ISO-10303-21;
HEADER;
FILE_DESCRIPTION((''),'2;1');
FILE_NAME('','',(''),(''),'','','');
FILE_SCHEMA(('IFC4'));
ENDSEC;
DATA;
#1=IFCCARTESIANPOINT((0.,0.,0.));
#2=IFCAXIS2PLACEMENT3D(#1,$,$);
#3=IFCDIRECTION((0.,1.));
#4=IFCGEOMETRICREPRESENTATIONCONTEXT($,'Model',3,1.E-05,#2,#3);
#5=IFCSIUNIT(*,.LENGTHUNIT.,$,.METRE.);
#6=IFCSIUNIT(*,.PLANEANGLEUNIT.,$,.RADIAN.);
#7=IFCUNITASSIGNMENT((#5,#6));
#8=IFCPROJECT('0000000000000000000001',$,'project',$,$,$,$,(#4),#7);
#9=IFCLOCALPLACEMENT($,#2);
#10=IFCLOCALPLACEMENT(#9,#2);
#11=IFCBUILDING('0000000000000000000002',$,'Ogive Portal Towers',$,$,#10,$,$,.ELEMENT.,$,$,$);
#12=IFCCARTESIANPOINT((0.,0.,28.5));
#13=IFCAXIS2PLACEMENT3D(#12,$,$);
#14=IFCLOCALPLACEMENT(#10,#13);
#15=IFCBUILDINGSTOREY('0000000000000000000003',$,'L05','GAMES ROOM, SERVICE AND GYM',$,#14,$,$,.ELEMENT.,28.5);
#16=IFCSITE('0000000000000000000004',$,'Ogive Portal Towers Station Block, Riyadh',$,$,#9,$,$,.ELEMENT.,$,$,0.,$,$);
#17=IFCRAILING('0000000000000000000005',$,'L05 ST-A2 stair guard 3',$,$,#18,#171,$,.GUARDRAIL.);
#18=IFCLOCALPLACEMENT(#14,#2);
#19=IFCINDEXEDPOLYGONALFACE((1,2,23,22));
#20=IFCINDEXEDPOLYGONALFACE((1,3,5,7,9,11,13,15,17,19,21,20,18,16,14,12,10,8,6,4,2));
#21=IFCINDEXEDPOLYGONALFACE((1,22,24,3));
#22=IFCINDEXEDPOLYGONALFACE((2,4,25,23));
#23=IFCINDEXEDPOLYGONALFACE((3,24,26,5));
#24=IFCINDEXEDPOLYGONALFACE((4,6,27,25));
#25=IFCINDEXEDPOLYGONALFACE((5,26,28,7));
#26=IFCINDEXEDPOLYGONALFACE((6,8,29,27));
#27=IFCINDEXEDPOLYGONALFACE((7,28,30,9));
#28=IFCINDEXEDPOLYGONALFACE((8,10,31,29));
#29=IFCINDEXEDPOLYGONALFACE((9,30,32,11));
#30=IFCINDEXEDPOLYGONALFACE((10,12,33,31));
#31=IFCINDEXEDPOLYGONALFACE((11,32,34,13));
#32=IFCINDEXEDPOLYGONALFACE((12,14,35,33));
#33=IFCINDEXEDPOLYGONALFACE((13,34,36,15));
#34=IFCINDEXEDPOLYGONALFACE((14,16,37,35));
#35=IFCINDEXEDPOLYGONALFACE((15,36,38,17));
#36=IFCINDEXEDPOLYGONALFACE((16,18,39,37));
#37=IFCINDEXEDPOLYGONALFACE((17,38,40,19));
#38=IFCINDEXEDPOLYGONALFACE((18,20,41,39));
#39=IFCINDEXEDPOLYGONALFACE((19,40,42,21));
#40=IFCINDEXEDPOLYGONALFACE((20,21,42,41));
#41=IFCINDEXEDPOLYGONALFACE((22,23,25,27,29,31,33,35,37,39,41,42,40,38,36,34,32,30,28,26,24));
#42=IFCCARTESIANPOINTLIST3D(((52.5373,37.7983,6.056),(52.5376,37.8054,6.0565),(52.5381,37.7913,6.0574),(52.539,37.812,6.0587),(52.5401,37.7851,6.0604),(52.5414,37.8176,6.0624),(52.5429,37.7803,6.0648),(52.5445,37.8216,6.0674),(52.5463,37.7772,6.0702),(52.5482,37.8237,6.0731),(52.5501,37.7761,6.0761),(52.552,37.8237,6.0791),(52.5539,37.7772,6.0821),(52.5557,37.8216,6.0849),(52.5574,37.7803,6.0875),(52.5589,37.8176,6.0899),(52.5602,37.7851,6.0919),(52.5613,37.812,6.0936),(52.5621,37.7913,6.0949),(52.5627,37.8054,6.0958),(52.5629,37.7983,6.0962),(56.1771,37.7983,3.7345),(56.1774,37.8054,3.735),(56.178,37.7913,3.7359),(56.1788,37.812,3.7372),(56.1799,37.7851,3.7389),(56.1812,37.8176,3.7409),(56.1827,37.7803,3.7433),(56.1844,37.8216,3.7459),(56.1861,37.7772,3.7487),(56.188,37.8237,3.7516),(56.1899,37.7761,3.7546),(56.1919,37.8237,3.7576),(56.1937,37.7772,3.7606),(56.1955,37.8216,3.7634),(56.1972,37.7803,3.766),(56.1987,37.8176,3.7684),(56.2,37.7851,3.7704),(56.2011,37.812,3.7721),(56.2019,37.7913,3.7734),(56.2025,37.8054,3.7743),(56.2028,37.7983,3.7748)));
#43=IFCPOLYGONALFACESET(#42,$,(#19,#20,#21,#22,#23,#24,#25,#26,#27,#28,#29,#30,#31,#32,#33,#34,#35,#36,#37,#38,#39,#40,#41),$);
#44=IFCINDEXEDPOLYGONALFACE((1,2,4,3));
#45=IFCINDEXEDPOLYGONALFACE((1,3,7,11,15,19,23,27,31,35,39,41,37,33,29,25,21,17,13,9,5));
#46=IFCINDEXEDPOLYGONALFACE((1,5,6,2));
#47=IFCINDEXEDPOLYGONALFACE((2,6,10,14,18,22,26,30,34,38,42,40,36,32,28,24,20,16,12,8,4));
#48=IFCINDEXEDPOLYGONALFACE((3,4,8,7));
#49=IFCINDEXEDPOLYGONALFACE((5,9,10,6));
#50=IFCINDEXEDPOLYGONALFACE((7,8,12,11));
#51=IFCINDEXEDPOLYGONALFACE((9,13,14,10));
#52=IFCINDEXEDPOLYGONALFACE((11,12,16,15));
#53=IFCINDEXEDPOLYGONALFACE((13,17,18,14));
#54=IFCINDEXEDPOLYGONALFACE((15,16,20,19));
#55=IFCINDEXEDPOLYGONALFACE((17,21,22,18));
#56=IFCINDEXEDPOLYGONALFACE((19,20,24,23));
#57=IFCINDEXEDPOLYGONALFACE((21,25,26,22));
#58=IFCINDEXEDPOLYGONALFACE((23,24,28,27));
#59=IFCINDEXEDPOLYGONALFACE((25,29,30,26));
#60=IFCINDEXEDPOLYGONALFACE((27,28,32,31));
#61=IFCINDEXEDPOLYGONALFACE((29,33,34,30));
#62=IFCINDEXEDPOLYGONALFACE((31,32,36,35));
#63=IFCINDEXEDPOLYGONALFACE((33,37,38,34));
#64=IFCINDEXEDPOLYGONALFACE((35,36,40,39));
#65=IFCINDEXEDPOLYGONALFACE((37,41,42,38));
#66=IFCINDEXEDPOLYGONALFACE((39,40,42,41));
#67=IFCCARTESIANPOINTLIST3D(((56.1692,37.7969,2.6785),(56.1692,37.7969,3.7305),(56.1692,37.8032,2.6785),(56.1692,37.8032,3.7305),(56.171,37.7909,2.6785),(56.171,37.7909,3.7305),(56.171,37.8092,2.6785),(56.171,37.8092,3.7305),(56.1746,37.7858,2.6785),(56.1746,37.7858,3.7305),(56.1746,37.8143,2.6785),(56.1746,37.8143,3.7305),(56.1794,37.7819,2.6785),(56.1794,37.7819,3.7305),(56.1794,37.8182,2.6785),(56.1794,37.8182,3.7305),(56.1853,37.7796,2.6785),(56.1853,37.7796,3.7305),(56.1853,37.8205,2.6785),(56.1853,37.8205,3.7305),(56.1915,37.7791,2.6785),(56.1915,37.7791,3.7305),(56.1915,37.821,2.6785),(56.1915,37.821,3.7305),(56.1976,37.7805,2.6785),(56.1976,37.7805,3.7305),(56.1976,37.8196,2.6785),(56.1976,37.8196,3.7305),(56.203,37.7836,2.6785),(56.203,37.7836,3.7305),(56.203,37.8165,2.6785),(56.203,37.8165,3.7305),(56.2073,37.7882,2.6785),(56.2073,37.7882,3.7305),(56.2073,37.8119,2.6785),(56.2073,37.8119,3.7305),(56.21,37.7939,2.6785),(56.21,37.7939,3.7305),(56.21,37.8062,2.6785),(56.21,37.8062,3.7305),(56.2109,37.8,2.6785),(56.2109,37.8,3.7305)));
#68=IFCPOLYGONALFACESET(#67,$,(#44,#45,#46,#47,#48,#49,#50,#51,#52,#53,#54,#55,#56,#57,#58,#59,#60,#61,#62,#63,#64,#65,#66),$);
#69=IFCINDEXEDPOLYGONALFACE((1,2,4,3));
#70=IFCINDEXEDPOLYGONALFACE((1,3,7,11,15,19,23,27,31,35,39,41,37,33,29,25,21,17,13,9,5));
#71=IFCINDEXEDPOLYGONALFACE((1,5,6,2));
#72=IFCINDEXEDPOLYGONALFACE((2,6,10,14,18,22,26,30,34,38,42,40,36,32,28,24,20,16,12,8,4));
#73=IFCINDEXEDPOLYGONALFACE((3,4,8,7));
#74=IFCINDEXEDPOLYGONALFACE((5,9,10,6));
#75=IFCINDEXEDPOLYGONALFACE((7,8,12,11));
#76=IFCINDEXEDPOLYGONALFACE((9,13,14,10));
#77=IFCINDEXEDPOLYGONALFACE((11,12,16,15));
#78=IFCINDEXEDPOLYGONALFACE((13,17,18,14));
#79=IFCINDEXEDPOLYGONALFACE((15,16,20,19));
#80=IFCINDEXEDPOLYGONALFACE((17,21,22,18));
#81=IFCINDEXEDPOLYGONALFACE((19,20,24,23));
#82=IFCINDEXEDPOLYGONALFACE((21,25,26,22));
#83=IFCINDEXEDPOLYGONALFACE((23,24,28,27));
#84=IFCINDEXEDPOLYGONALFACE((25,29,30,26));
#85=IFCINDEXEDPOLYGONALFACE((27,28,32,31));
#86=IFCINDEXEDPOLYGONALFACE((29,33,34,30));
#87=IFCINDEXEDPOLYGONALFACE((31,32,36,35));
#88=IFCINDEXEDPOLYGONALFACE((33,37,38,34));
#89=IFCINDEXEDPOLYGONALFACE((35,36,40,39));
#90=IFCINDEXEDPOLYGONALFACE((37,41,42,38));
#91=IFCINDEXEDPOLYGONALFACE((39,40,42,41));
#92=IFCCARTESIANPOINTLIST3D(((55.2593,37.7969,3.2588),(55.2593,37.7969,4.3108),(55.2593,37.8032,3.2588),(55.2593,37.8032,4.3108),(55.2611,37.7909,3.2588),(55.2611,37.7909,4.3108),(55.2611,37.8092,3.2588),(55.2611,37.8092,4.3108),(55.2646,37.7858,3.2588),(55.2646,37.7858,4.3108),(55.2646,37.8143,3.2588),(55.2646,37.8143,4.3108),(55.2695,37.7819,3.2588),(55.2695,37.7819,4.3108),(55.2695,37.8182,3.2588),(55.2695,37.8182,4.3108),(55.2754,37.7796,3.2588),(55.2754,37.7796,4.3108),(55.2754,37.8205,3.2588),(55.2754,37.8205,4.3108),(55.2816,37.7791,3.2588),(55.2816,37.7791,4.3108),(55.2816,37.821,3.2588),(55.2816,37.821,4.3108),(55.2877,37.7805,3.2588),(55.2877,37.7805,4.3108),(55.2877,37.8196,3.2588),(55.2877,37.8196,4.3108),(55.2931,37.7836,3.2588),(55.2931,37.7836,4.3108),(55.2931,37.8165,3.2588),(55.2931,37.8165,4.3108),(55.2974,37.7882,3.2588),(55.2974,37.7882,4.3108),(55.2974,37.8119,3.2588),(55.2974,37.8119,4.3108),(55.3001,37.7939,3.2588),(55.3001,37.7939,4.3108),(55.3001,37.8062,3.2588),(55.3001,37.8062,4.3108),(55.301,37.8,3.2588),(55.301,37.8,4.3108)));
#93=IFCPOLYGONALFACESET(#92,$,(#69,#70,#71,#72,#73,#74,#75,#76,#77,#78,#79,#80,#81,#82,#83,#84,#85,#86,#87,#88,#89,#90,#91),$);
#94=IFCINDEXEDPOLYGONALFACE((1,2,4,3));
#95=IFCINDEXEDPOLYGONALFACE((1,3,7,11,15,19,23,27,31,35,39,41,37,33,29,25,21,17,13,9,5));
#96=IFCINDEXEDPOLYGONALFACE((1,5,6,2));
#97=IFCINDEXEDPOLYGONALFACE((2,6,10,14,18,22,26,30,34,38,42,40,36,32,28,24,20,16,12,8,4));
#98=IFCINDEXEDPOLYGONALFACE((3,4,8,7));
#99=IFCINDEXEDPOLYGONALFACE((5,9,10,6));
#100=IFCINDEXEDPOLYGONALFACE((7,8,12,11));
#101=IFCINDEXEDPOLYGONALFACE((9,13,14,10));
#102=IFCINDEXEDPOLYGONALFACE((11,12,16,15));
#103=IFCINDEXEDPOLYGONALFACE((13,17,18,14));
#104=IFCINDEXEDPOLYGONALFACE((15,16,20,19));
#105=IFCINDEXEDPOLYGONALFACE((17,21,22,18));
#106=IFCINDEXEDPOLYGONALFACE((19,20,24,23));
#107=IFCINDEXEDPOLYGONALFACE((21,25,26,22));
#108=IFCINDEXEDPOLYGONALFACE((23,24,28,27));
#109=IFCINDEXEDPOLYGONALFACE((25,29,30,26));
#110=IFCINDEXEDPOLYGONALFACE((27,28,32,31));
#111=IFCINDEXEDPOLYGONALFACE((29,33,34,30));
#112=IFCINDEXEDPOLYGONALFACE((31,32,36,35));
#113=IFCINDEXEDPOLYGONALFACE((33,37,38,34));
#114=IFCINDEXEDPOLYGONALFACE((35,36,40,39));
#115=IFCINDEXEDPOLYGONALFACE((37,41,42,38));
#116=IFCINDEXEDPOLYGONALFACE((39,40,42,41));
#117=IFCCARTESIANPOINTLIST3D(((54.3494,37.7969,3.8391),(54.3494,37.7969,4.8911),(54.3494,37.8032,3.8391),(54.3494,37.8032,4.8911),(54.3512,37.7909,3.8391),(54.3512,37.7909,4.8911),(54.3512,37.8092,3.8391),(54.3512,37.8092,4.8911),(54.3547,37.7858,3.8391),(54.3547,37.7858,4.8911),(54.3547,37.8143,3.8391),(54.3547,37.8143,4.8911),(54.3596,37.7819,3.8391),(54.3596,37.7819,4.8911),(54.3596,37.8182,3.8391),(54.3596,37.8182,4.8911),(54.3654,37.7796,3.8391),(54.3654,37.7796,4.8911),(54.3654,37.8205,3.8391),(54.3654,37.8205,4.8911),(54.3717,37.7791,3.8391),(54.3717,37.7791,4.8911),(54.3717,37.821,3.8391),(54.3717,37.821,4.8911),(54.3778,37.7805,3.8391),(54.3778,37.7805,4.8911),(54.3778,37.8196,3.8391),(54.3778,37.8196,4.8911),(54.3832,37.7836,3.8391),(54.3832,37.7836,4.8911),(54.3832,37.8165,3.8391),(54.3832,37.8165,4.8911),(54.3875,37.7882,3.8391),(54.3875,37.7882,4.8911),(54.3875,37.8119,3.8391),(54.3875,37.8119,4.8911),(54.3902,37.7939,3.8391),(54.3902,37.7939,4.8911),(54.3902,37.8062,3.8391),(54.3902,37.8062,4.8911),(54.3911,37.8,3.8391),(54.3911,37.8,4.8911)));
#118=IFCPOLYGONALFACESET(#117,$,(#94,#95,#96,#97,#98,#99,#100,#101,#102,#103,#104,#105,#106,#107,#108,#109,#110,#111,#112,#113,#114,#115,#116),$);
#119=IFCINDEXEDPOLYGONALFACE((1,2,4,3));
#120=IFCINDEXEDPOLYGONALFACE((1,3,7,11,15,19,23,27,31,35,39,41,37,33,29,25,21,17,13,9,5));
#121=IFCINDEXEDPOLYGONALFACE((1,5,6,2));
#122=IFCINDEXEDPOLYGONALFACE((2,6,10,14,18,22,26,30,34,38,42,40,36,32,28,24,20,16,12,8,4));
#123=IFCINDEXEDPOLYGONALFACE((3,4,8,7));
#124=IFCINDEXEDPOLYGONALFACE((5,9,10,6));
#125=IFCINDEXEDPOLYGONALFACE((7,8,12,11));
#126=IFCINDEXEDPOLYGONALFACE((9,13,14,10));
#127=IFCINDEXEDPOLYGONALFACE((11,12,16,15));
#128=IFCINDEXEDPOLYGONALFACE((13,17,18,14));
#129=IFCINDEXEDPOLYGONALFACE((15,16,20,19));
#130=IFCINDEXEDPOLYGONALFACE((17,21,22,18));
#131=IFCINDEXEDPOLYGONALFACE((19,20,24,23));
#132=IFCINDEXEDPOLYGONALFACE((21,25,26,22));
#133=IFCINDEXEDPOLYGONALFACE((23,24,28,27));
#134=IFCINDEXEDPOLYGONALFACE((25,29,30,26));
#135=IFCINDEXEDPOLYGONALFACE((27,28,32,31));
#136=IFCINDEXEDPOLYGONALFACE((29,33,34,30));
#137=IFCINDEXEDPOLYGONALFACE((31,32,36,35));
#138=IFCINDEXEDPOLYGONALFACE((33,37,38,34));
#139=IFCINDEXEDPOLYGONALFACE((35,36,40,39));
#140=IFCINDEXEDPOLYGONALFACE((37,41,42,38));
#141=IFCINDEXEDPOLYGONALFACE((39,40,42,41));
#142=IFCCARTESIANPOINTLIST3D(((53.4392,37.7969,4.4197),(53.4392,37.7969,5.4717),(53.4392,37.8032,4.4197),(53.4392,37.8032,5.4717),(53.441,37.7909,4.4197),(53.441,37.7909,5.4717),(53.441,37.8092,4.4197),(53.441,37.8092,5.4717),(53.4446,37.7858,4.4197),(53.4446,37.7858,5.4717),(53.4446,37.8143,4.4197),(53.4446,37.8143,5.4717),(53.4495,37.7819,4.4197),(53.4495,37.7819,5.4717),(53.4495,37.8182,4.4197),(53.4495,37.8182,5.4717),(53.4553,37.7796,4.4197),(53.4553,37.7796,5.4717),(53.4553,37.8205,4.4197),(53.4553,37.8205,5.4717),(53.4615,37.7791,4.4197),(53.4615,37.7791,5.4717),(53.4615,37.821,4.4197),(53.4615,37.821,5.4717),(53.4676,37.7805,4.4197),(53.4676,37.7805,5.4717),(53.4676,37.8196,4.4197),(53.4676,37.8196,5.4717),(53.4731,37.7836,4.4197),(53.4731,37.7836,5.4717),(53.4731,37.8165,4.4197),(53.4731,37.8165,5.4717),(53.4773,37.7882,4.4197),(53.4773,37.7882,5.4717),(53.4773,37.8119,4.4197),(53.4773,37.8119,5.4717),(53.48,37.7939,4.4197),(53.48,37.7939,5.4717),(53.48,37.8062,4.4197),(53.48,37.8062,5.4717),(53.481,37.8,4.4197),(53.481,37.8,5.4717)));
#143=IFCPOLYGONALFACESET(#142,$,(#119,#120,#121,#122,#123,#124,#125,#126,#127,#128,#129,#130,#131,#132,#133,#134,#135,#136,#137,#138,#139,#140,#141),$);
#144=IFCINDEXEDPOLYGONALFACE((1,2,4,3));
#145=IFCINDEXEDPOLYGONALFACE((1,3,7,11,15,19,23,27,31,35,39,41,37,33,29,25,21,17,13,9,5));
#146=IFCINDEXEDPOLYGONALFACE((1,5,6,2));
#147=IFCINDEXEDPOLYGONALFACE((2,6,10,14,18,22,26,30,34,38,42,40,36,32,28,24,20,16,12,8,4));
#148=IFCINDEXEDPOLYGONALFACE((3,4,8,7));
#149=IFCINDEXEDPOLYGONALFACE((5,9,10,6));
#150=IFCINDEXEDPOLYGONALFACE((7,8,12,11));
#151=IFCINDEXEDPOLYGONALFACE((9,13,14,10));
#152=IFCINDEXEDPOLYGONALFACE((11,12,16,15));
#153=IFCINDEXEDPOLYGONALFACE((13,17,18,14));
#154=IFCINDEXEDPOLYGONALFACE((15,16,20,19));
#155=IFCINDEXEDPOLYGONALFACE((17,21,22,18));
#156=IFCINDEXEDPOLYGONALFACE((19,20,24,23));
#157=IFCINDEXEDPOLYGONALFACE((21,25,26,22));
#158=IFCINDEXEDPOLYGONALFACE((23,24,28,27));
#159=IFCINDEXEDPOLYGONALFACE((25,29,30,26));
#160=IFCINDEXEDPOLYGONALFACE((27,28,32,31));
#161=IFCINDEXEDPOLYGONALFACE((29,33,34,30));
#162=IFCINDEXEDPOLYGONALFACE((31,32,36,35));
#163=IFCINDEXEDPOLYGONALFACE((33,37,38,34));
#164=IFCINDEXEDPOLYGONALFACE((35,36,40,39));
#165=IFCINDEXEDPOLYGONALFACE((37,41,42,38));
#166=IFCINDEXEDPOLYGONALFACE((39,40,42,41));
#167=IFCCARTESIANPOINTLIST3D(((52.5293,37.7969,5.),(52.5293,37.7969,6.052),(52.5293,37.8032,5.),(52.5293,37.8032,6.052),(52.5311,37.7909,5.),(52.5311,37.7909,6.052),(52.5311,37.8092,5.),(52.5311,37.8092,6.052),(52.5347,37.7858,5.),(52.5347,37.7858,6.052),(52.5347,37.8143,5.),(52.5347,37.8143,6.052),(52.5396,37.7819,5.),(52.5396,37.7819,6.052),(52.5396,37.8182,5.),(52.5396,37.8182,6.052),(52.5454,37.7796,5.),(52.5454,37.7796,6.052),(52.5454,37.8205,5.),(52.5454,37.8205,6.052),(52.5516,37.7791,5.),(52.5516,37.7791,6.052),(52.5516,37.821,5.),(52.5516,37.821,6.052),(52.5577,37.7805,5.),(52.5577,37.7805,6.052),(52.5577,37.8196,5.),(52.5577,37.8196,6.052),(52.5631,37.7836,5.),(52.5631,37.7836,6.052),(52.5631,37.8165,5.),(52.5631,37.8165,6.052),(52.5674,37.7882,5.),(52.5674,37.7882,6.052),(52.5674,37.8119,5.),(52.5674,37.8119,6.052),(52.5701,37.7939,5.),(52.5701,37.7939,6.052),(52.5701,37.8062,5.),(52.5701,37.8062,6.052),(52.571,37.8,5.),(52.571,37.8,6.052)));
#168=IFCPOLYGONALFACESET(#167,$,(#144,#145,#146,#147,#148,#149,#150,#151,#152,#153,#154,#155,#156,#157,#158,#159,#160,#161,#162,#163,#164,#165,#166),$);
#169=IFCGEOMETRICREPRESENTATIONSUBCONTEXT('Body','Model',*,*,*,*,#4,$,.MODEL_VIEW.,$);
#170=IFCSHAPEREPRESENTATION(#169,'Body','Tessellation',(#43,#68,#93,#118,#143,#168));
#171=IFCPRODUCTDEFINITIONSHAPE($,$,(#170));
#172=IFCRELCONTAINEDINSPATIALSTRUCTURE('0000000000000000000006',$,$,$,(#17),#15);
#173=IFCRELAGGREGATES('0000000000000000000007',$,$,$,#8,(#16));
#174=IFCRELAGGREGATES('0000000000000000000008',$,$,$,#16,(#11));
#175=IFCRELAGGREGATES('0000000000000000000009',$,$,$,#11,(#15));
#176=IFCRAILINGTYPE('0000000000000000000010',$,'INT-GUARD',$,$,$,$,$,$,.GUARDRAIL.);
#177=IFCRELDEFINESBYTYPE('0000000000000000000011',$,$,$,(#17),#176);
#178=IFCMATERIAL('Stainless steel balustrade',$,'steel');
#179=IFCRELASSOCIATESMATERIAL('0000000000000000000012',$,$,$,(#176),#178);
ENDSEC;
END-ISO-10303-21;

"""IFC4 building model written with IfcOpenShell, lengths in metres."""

from ifc_helpers import new_model, si_unit, direction, frame, origin, origin_2d, place, context, subcontext, project, spatial, circle, extrude, material, type_object, element, save


model = new_model("IFC4")

# Units and contexts
model_context = context("Model", 3, precision=1e-05, world=origin(), true_north=direction((0.0, 1.0)))
body_context = subcontext(model_context, "Body", "Model", "MODEL_VIEW")
ifc_project = project(units=[si_unit("LENGTHUNIT", "METRE"), si_unit("PLANEANGLEUNIT", "RADIAN")], contexts=[model_context])

# Site, building, storey
site_placement = place(None, origin())
site = spatial("IfcSite", under=ifc_project, at=site_placement, Name="Ogive Portal Towers Station Block, Riyadh", CompositionType="ELEMENT", RefElevation=0.0)
building_placement = place(site_placement, origin())
building = spatial("IfcBuilding", under=site, at=building_placement, Name="Ogive Portal Towers", CompositionType="ELEMENT")
storey_placement = place(building_placement, frame((0.0, 0.0, 28.5)))
storey = spatial("IfcBuildingStorey", under=building, at=storey_placement, Name="L05", Description="GAMES ROOM, SERVICE AND GYM", CompositionType="ELEMENT", Elevation=28.5)

# Railing
ifc_material_1 = material(Name="Stainless steel balustrade", Category="steel")
railing_type_1 = type_object("IfcRailingType", Name="INT-GUARD", PredefinedType="GUARDRAIL", material=ifc_material_1)
railing_1_placement = place(storey_placement, frame((56.1899, 37.8, 2.6785)))
element("IfcRailing", 1, at=railing_1_placement, inside=storey, type_object=railing_type_1, Name="L05 ST-A2 stair guard 3", PredefinedType="GUARDRAIL", context=body_context, shape_type="SweptSolid", body=[
    extrude(circle(Radius=0.0239, at=origin_2d()), frame((0.0, 0.0, 1.0762), z_axis=(-0.843112, 0.0, 0.537739), x_axis=(0.0, -1.0, 0.0)), (0.0, 0.0, 1.0), 4.3171),
    extrude(circle(Radius=0.021, at=origin_2d()), origin(), (0.0, 0.0, 1.0), 1.052),
    extrude(circle(Radius=0.021, at=origin_2d()), frame((-0.9099, 0.0, 0.5803)), (0.0, 0.0, 1.0), 1.052),
    extrude(circle(Radius=0.021, at=origin_2d()), frame((-1.8198, 0.0, 1.1606)), (0.0, 0.0, 1.0), 1.052),
    extrude(circle(Radius=0.021, at=origin_2d()), frame((-2.73, 0.0, 1.7412)), (0.0, 0.0, 1.0), 1.052),
    extrude(circle(Radius=0.021, at=origin_2d()), frame((-3.6399, 0.0, 2.3215)), (0.0, 0.0, 1.0), 1.052),
])

save(model, "model.ifc")
